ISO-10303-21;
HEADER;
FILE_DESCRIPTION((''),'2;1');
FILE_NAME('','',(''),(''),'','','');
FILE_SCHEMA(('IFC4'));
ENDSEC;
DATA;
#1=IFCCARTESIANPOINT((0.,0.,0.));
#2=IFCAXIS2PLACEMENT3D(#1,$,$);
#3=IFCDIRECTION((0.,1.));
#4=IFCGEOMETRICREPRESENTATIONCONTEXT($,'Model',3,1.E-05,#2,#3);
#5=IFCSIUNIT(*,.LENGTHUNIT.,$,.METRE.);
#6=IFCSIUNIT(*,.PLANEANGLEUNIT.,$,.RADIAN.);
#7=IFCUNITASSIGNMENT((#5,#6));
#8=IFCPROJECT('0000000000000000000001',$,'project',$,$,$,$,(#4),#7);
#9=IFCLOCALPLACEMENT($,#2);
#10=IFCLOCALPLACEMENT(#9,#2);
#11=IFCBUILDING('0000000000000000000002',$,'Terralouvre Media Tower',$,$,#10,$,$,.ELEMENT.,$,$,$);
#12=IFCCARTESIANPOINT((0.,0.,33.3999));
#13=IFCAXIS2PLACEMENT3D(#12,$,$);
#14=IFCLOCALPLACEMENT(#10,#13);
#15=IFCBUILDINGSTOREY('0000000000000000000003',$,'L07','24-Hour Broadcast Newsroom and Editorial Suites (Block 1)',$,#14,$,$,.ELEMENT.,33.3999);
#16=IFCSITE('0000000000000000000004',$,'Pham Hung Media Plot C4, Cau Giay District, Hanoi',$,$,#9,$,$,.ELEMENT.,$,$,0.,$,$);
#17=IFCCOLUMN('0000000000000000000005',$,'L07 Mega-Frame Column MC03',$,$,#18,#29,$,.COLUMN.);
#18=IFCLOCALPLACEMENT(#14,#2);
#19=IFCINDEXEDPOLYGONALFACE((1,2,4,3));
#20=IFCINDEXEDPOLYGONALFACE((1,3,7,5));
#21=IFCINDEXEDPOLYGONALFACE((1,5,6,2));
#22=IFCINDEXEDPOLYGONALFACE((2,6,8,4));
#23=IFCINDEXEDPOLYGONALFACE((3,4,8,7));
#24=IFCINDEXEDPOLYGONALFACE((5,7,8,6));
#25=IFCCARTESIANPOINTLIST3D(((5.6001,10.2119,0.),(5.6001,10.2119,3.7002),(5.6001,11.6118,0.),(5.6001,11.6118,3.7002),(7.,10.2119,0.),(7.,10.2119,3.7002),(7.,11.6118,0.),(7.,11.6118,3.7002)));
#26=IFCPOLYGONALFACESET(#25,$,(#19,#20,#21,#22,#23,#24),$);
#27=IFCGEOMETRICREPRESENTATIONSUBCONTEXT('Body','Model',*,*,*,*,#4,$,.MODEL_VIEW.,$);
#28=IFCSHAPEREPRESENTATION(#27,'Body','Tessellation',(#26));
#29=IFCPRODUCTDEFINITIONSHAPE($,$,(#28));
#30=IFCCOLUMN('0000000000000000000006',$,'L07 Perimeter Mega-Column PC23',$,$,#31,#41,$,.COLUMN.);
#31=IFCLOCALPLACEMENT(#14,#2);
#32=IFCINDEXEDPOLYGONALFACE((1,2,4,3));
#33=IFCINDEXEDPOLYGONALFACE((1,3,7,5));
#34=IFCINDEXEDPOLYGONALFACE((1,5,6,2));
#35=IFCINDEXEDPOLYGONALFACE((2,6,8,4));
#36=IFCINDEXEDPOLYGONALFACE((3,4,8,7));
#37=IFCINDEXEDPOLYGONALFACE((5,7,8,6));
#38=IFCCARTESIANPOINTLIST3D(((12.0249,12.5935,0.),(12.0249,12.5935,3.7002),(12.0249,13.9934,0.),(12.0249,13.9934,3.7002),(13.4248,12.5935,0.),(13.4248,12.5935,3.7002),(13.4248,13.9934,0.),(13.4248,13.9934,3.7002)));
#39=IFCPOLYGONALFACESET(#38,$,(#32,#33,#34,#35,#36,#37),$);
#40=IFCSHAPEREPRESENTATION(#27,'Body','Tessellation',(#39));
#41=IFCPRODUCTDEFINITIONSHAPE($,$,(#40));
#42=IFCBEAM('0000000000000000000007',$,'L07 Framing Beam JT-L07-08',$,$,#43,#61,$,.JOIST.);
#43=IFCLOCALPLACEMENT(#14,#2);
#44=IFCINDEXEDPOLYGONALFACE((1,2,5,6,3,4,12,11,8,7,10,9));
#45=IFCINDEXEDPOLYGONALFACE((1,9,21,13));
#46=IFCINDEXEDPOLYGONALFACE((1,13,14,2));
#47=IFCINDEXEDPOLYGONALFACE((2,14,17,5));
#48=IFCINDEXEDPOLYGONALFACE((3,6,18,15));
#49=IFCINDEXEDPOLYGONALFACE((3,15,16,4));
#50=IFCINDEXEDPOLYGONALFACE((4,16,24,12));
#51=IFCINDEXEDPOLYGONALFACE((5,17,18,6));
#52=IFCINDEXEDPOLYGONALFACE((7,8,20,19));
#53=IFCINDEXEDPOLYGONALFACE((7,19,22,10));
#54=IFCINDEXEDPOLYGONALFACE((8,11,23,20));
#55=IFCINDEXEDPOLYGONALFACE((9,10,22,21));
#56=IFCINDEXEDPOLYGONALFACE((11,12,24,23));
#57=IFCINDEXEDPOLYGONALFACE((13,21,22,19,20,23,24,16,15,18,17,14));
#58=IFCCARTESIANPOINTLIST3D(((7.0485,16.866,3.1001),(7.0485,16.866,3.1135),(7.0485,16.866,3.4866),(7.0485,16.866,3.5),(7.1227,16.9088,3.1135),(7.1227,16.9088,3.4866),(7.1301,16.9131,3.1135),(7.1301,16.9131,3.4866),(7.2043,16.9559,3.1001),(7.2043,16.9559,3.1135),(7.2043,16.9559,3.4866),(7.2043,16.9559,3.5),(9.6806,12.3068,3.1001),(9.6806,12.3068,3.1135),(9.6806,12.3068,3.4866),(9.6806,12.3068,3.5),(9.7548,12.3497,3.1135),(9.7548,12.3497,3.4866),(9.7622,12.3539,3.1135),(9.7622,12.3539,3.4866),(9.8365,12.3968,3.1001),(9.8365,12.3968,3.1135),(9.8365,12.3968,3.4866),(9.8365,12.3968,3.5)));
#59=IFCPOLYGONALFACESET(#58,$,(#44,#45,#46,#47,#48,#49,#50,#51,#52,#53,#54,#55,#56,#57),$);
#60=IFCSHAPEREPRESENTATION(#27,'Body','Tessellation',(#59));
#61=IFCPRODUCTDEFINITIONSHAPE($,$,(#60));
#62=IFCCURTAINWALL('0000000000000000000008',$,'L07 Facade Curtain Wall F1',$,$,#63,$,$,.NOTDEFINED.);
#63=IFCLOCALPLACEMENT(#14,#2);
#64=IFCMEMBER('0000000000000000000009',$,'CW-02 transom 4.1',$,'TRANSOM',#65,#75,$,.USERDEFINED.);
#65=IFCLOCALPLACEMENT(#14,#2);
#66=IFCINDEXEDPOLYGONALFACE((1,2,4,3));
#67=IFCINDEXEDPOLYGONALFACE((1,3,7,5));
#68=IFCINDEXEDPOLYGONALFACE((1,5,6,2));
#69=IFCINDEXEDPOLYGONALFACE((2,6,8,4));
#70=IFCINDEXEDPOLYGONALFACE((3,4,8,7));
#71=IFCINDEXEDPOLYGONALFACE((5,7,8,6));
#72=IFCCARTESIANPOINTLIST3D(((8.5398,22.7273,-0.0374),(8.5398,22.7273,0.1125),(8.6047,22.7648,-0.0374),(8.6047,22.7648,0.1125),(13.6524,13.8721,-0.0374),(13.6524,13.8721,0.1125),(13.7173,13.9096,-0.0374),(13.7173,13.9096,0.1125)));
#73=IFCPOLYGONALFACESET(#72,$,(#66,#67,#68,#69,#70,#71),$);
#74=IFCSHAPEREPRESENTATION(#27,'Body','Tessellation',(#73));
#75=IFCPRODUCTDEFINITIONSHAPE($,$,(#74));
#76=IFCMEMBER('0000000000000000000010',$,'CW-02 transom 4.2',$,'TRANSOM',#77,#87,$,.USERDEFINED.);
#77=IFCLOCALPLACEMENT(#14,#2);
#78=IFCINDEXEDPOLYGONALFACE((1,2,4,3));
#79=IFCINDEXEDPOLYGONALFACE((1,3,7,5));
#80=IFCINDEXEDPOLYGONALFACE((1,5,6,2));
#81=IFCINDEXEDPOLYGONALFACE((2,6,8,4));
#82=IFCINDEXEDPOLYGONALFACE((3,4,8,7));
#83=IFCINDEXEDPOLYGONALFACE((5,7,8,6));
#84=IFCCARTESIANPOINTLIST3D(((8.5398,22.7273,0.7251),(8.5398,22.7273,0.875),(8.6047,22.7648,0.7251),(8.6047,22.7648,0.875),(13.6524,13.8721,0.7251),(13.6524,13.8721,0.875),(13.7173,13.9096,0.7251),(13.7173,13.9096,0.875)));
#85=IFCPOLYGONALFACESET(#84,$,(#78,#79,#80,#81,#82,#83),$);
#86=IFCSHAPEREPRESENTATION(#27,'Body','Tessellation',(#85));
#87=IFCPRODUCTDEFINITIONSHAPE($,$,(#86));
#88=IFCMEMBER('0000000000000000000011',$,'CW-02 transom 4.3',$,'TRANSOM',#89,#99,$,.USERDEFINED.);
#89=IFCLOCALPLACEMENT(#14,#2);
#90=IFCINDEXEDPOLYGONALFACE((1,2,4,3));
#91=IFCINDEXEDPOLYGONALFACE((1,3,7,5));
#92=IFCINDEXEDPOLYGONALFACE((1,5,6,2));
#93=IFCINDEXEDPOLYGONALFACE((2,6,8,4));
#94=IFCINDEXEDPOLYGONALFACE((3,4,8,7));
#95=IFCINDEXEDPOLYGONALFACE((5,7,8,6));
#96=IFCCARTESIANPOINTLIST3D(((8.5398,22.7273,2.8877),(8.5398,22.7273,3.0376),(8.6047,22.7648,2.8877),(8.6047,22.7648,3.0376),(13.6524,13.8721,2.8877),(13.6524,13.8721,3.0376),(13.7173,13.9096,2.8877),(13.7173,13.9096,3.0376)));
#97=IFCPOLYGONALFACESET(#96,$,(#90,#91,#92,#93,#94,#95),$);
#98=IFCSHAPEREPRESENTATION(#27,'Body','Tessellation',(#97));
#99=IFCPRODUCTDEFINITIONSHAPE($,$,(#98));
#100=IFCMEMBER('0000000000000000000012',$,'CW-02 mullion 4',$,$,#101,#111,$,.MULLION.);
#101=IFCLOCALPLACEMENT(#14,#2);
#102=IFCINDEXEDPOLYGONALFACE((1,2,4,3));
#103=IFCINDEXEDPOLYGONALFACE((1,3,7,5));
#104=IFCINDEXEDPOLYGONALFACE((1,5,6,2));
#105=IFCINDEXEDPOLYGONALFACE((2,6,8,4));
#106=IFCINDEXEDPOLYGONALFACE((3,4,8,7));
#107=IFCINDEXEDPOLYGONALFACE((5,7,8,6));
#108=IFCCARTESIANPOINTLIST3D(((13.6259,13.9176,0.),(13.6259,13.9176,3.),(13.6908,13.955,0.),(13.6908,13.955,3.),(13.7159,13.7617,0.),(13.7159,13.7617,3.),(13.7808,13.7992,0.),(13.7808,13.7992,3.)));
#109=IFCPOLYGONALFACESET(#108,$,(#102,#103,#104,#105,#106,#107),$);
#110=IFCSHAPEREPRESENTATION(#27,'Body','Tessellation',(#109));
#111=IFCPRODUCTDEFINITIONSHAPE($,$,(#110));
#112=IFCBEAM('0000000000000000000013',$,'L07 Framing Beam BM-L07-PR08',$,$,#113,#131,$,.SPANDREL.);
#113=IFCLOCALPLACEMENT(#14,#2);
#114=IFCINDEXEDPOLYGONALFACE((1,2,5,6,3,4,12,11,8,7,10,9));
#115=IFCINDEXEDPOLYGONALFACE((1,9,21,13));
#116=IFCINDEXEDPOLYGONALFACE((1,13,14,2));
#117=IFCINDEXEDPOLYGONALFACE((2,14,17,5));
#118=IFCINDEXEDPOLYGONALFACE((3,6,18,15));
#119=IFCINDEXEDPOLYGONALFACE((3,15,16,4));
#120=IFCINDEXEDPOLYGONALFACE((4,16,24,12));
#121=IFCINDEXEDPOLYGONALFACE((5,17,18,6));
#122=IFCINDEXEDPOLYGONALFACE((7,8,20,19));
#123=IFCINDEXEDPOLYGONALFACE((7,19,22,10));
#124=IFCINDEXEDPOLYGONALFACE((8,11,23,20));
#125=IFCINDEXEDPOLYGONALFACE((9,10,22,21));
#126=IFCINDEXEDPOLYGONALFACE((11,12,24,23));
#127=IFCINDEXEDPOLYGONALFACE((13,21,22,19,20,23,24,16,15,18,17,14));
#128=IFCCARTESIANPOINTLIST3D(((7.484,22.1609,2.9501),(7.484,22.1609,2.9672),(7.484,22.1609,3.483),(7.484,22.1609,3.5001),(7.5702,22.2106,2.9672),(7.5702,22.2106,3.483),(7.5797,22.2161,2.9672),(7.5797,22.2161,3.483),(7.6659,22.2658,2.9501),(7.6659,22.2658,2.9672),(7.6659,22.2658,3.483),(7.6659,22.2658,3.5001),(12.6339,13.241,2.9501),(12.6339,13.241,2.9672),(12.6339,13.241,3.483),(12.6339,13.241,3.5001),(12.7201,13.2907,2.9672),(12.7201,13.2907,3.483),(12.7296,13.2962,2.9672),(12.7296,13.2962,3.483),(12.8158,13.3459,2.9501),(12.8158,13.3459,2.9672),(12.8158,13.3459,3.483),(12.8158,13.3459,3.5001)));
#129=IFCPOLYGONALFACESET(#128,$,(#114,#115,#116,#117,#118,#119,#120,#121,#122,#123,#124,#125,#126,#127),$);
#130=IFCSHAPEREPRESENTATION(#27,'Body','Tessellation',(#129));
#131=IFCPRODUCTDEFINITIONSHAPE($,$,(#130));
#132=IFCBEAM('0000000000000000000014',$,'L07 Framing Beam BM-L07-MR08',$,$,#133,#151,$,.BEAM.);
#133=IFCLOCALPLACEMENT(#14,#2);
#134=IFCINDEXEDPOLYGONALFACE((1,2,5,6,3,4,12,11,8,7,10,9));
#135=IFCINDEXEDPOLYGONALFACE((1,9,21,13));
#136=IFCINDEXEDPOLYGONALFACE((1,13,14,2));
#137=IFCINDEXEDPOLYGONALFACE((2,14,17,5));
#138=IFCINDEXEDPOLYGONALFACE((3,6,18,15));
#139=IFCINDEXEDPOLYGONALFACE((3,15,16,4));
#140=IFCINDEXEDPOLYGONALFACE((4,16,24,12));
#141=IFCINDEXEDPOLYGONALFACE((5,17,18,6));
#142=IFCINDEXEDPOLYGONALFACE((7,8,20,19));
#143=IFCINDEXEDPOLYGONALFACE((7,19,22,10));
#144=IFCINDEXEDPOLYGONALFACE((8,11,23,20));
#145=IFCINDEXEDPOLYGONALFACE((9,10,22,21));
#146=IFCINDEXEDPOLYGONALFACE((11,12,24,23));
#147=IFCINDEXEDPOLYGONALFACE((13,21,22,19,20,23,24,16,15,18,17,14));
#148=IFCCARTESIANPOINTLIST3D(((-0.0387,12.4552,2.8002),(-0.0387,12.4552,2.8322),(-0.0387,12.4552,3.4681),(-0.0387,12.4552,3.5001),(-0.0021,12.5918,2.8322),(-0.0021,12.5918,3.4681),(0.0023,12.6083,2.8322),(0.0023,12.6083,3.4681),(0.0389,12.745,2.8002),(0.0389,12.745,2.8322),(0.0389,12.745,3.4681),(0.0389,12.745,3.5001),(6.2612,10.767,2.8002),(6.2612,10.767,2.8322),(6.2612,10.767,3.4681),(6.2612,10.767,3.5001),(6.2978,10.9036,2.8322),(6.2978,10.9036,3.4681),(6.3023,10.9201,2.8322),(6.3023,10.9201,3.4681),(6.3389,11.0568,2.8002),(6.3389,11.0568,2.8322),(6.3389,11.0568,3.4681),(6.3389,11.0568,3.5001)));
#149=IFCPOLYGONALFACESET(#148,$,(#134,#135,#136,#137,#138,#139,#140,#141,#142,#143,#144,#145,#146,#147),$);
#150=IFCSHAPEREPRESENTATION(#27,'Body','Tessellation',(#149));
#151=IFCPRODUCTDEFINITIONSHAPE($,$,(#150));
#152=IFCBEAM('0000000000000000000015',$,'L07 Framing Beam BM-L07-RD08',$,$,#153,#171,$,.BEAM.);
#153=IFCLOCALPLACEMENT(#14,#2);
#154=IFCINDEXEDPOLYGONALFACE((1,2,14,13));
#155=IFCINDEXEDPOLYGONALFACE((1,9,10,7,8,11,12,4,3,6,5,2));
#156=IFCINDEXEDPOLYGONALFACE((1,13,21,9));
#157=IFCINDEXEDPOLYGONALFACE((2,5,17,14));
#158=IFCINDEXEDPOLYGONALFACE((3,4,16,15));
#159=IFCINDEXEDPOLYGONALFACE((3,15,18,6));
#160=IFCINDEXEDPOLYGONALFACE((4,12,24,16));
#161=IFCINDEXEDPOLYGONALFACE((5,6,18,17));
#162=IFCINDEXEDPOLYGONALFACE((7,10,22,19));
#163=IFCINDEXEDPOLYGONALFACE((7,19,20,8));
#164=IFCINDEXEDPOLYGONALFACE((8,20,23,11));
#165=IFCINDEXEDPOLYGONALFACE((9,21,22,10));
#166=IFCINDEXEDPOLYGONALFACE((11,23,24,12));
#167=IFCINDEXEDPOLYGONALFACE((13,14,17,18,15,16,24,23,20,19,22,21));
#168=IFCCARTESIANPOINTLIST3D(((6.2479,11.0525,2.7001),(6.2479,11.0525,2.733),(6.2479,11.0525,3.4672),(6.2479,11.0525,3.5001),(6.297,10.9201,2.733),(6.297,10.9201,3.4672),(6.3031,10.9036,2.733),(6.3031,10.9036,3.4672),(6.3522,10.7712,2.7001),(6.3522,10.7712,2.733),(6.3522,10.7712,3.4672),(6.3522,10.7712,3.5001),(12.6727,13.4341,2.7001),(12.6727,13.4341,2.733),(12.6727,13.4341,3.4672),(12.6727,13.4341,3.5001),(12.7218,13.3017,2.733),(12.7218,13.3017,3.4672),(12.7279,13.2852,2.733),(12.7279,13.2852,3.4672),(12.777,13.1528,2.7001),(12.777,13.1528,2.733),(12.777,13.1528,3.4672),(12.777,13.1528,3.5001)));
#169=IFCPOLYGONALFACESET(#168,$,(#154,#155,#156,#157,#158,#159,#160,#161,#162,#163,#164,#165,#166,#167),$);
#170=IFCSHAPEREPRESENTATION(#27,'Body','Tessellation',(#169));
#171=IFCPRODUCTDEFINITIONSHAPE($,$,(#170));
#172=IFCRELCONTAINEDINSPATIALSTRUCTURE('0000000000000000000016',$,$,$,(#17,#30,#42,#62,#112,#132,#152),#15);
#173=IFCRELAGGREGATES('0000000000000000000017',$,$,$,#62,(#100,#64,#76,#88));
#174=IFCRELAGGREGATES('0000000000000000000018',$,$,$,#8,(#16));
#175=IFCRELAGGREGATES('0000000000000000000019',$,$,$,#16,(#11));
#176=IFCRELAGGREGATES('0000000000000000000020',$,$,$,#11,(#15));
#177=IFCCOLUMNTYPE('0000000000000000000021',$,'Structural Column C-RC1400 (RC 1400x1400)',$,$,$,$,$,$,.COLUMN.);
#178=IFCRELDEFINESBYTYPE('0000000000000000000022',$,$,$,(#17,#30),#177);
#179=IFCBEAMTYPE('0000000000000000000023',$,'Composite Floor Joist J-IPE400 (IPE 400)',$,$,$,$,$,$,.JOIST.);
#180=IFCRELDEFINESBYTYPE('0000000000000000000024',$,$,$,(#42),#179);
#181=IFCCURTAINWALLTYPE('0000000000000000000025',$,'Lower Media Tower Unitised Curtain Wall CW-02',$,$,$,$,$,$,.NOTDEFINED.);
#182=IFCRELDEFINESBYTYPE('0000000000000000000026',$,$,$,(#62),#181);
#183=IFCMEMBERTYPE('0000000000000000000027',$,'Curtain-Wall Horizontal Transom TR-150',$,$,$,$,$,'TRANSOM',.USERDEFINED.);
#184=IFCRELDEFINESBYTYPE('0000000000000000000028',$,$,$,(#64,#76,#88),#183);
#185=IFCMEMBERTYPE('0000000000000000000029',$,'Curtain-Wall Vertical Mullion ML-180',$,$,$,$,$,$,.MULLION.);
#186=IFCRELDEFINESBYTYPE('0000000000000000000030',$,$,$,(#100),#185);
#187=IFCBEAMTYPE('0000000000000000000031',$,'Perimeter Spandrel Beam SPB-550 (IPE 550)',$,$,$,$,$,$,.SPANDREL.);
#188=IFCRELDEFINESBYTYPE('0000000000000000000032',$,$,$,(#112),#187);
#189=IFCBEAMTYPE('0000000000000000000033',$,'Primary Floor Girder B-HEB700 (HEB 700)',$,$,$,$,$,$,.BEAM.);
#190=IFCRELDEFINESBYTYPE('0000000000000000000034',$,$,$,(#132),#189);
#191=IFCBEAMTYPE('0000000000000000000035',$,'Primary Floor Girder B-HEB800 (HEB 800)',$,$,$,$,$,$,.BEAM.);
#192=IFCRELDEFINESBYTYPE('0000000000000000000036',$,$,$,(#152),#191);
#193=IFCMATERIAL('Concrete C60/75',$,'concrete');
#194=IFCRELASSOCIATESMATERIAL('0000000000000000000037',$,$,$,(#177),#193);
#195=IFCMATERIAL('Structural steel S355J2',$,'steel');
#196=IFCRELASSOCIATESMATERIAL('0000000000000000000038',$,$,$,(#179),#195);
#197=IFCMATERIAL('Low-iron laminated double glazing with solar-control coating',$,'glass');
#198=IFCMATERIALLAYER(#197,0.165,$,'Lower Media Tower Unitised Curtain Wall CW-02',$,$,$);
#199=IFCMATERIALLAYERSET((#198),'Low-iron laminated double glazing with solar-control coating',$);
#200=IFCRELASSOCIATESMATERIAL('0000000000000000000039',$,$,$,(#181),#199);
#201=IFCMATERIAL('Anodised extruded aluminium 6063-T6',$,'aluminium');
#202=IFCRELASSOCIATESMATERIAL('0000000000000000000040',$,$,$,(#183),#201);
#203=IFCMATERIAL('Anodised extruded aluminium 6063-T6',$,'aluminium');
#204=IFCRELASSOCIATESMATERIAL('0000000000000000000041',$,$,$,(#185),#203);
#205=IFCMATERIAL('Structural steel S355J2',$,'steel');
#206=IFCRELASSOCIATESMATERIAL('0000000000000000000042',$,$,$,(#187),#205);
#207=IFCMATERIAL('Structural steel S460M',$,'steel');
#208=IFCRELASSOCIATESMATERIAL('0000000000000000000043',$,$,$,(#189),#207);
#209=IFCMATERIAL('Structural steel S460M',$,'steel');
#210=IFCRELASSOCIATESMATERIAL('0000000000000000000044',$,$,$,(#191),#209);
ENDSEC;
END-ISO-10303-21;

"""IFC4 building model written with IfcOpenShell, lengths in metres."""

from ifc_helpers import new_model, si_unit, direction, frame, origin, origin_2d, place, context, subcontext, project, spatial, rectangle, i_section, extrude, material, layer, layer_set, material_profile, profile_set, type_object, element, aggregate, save


model = new_model("IFC4")

# Units and contexts
model_context = context("Model", 3, precision=1e-05, world=origin(), true_north=direction((0.0, 1.0)))
body_context = subcontext(model_context, "Body", "Model", "MODEL_VIEW")
ifc_project = project(units=[si_unit("LENGTHUNIT", "METRE"), si_unit("PLANEANGLEUNIT", "RADIAN")], contexts=[model_context])

# Site, building, storey
site_placement = place(None, origin())
site = spatial("IfcSite", under=ifc_project, at=site_placement, Name="Pham Hung Media Plot C4, Cau Giay District, Hanoi", CompositionType="ELEMENT", RefElevation=0.0)
building_placement = place(site_placement, origin())
building = spatial("IfcBuilding", under=site, at=building_placement, Name="Terralouvre Media Tower", CompositionType="ELEMENT")
storey_placement = place(building_placement, frame((0.0, 0.0, 33.3999)))
storey = spatial("IfcBuildingStorey", under=building, at=storey_placement, Name="L07", Description="24-Hour Broadcast Newsroom and Editorial Suites (Block 1)", CompositionType="ELEMENT", Elevation=33.3999)

# Columns
ifc_material_1 = material(Name="Concrete C60/75", Category="concrete")
ifc_material_profile_1 = material_profile(ifc_material_1, rectangle(XDim=1.3999, YDim=1.3999, at=origin_2d()), Name="RC 1400x1400")
ifc_profile_set_1 = profile_set([ifc_material_profile_1], Name="Concrete C60/75")
column_type = type_object("IfcColumnType", Name="Structural Column C-RC1400 (RC 1400x1400)", PredefinedType="COLUMN", material=ifc_profile_set_1)
for number, where, z_axis, x_axis, name in (
    (1, (6.3, 10.9119, 0.0), (0.0, 0.0, 1.0), (1.0, 0.0, 0.0), "L07 Mega-Frame Column MC03"),
    (2, (12.7249, 13.2935, 0.0), (0.0, 0.0, 1.0), (1.0, 0.0, 0.0), "L07 Perimeter Mega-Column PC23"),
):
    element("IfcColumn", number, at=place(storey_placement, frame(where, z_axis=z_axis, x_axis=x_axis)), inside=storey, type_object=column_type, Name=name, PredefinedType="COLUMN", context=body_context, shape_type="SweptSolid", body=[
        extrude(rectangle(XDim=1.3999, YDim=1.3999, at=origin_2d()), origin(), (0.0, 0.0, 1.0), 3.7002),
    ])

# Beam
ifc_material_2 = material(Name="Structural steel S355J2", Category="steel")
ifc_material_profile_2 = material_profile(ifc_material_2, i_section(OverallWidth=0.1799, OverallDepth=0.3999, WebThickness=0.0085, FlangeThickness=0.0134, at=origin_2d()), Name="IPE 400")
ifc_profile_set_2 = profile_set([ifc_material_profile_2], Name="Structural steel S355J2")
beam_type_1 = type_object("IfcBeamType", Name="Composite Floor Joist J-IPE400 (IPE 400)", PredefinedType="JOIST", material=ifc_profile_set_2)
beam_1_placement = place(storey_placement, frame((9.7585, 12.3518, 3.3), z_axis=(-0.499985, 0.866034, 0.0), x_axis=(-0.866034, -0.499985, 0.0)))
element("IfcBeam", 3, at=beam_1_placement, inside=storey, type_object=beam_type_1, Name="L07 Framing Beam JT-L07-08", PredefinedType="JOIST", context=body_context, shape_type="SweptSolid", body=[
    extrude(i_section(OverallWidth=0.1799, OverallDepth=0.3999, WebThickness=0.0085, FlangeThickness=0.0134, at=origin_2d()), origin(), (0.0, 0.0, 1.0), 5.2644),
])

# Curtain wall, members
ifc_material_3 = material(Name="Low-iron laminated double glazing with solar-control coating", Category="glass")
ifc_layer_1 = layer(ifc_material_3, 0.165, Name="Lower Media Tower Unitised Curtain Wall CW-02")
ifc_layer_set_1 = layer_set([ifc_layer_1], Name="Low-iron laminated double glazing with solar-control coating")
curtain_wall_type = type_object("IfcCurtainWallType", Name="Lower Media Tower Unitised Curtain Wall CW-02", PredefinedType="NOTDEFINED", material=ifc_layer_set_1)
curtain_wall_placement = place(storey_placement, origin())
curtain_wall = element("IfcCurtainWall", 4, at=curtain_wall_placement, inside=storey, type_object=curtain_wall_type, Name="L07 Facade Curtain Wall F1", PredefinedType="NOTDEFINED")
ifc_material_4 = material(Name="Anodised extruded aluminium 6063-T6", Category="aluminium")
ifc_material_profile_3 = material_profile(ifc_material_4, rectangle(XDim=0.075, YDim=0.1499, at=origin_2d()), Name="ALU 75x150")
ifc_profile_set_3 = profile_set([ifc_material_profile_3], Name="Anodised extruded aluminium 6063-T6")
member_type_1 = type_object("IfcMemberType", Name="Curtain-Wall Horizontal Transom TR-150", ElementType="TRANSOM", PredefinedType="USERDEFINED", material=ifc_profile_set_3)
member_1_placement = place(storey_placement, frame((13.6848, 13.8909, 0.0376), z_axis=(-0.499999, 0.866026, 0.0), x_axis=(-0.866026, -0.499999, 0.0)))
member_1 = element("IfcMember", 5, at=member_1_placement, type_object=member_type_1, Name="CW-02 transom 4.1", ObjectType="TRANSOM", PredefinedType="USERDEFINED", context=body_context, shape_type="SweptSolid", body=[
    extrude(rectangle(XDim=0.075, YDim=0.1499, at=origin_2d()), origin(), (0.0, 0.0, 1.0), 10.2251),
])
member_2_placement = place(storey_placement, frame((13.6848, 13.8909, 0.8), z_axis=(-0.499999, 0.866026, 0.0), x_axis=(-0.866026, -0.499999, 0.0)))
member_2 = element("IfcMember", 6, at=member_2_placement, type_object=member_type_1, Name="CW-02 transom 4.2", ObjectType="TRANSOM", PredefinedType="USERDEFINED", context=body_context, shape_type="SweptSolid", body=[
    extrude(rectangle(XDim=0.075, YDim=0.1499, at=origin_2d()), origin(), (0.0, 0.0, 1.0), 10.2251),
])
member_3_placement = place(storey_placement, frame((13.6848, 13.8909, 2.9626), z_axis=(-0.499999, 0.866026, 0.0), x_axis=(-0.866026, -0.499999, 0.0)))
member_3 = element("IfcMember", 7, at=member_3_placement, type_object=member_type_1, Name="CW-02 transom 4.3", ObjectType="TRANSOM", PredefinedType="USERDEFINED", context=body_context, shape_type="SweptSolid", body=[
    extrude(rectangle(XDim=0.075, YDim=0.1499, at=origin_2d()), origin(), (0.0, 0.0, 1.0), 10.2251),
])
ifc_material_5 = material(Name="Anodised extruded aluminium 6063-T6", Category="aluminium")
ifc_material_profile_4 = material_profile(ifc_material_5, rectangle(XDim=0.075, YDim=0.1799, at=origin_2d()), Name="ALU 75x180")
ifc_profile_set_4 = profile_set([ifc_material_profile_4], Name="Anodised extruded aluminium 6063-T6")
member_type_2 = type_object("IfcMemberType", Name="Curtain-Wall Vertical Mullion ML-180", PredefinedType="MULLION", material=ifc_profile_set_4)
member_4_placement = place(storey_placement, frame((13.7034, 13.8584, 0.0), z_axis=(0.0, 0.0, 1.0), x_axis=(-0.866025, -0.5, 0.0)))
member_4 = element("IfcMember", 8, at=member_4_placement, type_object=member_type_2, Name="CW-02 mullion 4", PredefinedType="MULLION", context=body_context, shape_type="SweptSolid", body=[
    extrude(rectangle(XDim=0.075, YDim=0.1799, at=origin_2d()), origin(), (0.0, 0.0, 1.0), 3.0),
])

# Beams
ifc_material_6 = material(Name="Structural steel S355J2", Category="steel")
ifc_material_profile_5 = material_profile(ifc_material_6, i_section(OverallWidth=0.21, OverallDepth=0.55, WebThickness=0.011, FlangeThickness=0.0171, at=origin_2d()), Name="IPE 550")
ifc_profile_set_5 = profile_set([ifc_material_profile_5], Name="Structural steel S355J2")
beam_type_2 = type_object("IfcBeamType", Name="Perimeter Spandrel Beam SPB-550 (IPE 550)", PredefinedType="SPANDREL", material=ifc_profile_set_5)
beam_2_placement = place(storey_placement, frame((12.7249, 13.2935, 3.2251), z_axis=(-0.499999, 0.866026, 0.0), x_axis=(-0.866026, -0.499999, 0.0)))
element("IfcBeam", 9, at=beam_2_placement, inside=storey, type_object=beam_type_2, Name="L07 Framing Beam BM-L07-PR08", PredefinedType="SPANDREL", context=body_context, shape_type="SweptSolid", body=[
    extrude(i_section(OverallWidth=0.21, OverallDepth=0.55, WebThickness=0.011, FlangeThickness=0.0171, at=origin_2d()), origin(), (0.0, 0.0, 1.0), 10.2998),
])
ifc_material_7 = material(Name="Structural steel S460M", Category="steel")
ifc_material_profile_6 = material_profile(ifc_material_7, i_section(OverallWidth=0.3, OverallDepth=0.7, WebThickness=0.0171, FlangeThickness=0.032, at=origin_2d()), Name="HEB 700")
ifc_profile_set_6 = profile_set([ifc_material_profile_6], Name="Structural steel S460M")
beam_type_3 = type_object("IfcBeamType", Name="Primary Floor Girder B-HEB700 (HEB 700)", PredefinedType="BEAM", material=ifc_profile_set_6)
beam_3_placement = place(storey_placement, frame((6.3, 10.9119, 3.1501), z_axis=(-0.96592, 0.258839, 0.0), x_axis=(-0.258839, -0.96592, 0.0)))
element("IfcBeam", 10, at=beam_3_placement, inside=storey, type_object=beam_type_3, Name="L07 Framing Beam BM-L07-MR08", PredefinedType="BEAM", context=body_context, shape_type="SweptSolid", body=[
    extrude(i_section(OverallWidth=0.3, OverallDepth=0.7, WebThickness=0.0171, FlangeThickness=0.032, at=origin_2d()), origin(), (0.0, 0.0, 1.0), 6.5222),
])
ifc_material_8 = material(Name="Structural steel S460M", Category="steel")
ifc_material_profile_7 = material_profile(ifc_material_8, i_section(OverallWidth=0.3, OverallDepth=0.8, WebThickness=0.0176, FlangeThickness=0.033, at=origin_2d()), Name="HEB 800")
ifc_profile_set_7 = profile_set([ifc_material_profile_7], Name="Structural steel S460M")
beam_type_4 = type_object("IfcBeamType", Name="Primary Floor Girder B-HEB800 (HEB 800)", PredefinedType="BEAM", material=ifc_profile_set_7)
beam_4_placement = place(storey_placement, frame((6.3, 10.9119, 3.1001), z_axis=(0.937652, 0.347575, 0.0), x_axis=(-0.347575, 0.937652, 0.0)))
element("IfcBeam", 11, at=beam_4_placement, inside=storey, type_object=beam_type_4, Name="L07 Framing Beam BM-L07-RD08", PredefinedType="BEAM", context=body_context, shape_type="SweptSolid", body=[
    extrude(i_section(OverallWidth=0.3, OverallDepth=0.8, WebThickness=0.0176, FlangeThickness=0.033, at=origin_2d()), origin(), (0.0, 0.0, 1.0), 6.8521),
])

aggregate(curtain_wall, [member_4, member_1, member_2, member_3])

save(model, "model.ifc")
